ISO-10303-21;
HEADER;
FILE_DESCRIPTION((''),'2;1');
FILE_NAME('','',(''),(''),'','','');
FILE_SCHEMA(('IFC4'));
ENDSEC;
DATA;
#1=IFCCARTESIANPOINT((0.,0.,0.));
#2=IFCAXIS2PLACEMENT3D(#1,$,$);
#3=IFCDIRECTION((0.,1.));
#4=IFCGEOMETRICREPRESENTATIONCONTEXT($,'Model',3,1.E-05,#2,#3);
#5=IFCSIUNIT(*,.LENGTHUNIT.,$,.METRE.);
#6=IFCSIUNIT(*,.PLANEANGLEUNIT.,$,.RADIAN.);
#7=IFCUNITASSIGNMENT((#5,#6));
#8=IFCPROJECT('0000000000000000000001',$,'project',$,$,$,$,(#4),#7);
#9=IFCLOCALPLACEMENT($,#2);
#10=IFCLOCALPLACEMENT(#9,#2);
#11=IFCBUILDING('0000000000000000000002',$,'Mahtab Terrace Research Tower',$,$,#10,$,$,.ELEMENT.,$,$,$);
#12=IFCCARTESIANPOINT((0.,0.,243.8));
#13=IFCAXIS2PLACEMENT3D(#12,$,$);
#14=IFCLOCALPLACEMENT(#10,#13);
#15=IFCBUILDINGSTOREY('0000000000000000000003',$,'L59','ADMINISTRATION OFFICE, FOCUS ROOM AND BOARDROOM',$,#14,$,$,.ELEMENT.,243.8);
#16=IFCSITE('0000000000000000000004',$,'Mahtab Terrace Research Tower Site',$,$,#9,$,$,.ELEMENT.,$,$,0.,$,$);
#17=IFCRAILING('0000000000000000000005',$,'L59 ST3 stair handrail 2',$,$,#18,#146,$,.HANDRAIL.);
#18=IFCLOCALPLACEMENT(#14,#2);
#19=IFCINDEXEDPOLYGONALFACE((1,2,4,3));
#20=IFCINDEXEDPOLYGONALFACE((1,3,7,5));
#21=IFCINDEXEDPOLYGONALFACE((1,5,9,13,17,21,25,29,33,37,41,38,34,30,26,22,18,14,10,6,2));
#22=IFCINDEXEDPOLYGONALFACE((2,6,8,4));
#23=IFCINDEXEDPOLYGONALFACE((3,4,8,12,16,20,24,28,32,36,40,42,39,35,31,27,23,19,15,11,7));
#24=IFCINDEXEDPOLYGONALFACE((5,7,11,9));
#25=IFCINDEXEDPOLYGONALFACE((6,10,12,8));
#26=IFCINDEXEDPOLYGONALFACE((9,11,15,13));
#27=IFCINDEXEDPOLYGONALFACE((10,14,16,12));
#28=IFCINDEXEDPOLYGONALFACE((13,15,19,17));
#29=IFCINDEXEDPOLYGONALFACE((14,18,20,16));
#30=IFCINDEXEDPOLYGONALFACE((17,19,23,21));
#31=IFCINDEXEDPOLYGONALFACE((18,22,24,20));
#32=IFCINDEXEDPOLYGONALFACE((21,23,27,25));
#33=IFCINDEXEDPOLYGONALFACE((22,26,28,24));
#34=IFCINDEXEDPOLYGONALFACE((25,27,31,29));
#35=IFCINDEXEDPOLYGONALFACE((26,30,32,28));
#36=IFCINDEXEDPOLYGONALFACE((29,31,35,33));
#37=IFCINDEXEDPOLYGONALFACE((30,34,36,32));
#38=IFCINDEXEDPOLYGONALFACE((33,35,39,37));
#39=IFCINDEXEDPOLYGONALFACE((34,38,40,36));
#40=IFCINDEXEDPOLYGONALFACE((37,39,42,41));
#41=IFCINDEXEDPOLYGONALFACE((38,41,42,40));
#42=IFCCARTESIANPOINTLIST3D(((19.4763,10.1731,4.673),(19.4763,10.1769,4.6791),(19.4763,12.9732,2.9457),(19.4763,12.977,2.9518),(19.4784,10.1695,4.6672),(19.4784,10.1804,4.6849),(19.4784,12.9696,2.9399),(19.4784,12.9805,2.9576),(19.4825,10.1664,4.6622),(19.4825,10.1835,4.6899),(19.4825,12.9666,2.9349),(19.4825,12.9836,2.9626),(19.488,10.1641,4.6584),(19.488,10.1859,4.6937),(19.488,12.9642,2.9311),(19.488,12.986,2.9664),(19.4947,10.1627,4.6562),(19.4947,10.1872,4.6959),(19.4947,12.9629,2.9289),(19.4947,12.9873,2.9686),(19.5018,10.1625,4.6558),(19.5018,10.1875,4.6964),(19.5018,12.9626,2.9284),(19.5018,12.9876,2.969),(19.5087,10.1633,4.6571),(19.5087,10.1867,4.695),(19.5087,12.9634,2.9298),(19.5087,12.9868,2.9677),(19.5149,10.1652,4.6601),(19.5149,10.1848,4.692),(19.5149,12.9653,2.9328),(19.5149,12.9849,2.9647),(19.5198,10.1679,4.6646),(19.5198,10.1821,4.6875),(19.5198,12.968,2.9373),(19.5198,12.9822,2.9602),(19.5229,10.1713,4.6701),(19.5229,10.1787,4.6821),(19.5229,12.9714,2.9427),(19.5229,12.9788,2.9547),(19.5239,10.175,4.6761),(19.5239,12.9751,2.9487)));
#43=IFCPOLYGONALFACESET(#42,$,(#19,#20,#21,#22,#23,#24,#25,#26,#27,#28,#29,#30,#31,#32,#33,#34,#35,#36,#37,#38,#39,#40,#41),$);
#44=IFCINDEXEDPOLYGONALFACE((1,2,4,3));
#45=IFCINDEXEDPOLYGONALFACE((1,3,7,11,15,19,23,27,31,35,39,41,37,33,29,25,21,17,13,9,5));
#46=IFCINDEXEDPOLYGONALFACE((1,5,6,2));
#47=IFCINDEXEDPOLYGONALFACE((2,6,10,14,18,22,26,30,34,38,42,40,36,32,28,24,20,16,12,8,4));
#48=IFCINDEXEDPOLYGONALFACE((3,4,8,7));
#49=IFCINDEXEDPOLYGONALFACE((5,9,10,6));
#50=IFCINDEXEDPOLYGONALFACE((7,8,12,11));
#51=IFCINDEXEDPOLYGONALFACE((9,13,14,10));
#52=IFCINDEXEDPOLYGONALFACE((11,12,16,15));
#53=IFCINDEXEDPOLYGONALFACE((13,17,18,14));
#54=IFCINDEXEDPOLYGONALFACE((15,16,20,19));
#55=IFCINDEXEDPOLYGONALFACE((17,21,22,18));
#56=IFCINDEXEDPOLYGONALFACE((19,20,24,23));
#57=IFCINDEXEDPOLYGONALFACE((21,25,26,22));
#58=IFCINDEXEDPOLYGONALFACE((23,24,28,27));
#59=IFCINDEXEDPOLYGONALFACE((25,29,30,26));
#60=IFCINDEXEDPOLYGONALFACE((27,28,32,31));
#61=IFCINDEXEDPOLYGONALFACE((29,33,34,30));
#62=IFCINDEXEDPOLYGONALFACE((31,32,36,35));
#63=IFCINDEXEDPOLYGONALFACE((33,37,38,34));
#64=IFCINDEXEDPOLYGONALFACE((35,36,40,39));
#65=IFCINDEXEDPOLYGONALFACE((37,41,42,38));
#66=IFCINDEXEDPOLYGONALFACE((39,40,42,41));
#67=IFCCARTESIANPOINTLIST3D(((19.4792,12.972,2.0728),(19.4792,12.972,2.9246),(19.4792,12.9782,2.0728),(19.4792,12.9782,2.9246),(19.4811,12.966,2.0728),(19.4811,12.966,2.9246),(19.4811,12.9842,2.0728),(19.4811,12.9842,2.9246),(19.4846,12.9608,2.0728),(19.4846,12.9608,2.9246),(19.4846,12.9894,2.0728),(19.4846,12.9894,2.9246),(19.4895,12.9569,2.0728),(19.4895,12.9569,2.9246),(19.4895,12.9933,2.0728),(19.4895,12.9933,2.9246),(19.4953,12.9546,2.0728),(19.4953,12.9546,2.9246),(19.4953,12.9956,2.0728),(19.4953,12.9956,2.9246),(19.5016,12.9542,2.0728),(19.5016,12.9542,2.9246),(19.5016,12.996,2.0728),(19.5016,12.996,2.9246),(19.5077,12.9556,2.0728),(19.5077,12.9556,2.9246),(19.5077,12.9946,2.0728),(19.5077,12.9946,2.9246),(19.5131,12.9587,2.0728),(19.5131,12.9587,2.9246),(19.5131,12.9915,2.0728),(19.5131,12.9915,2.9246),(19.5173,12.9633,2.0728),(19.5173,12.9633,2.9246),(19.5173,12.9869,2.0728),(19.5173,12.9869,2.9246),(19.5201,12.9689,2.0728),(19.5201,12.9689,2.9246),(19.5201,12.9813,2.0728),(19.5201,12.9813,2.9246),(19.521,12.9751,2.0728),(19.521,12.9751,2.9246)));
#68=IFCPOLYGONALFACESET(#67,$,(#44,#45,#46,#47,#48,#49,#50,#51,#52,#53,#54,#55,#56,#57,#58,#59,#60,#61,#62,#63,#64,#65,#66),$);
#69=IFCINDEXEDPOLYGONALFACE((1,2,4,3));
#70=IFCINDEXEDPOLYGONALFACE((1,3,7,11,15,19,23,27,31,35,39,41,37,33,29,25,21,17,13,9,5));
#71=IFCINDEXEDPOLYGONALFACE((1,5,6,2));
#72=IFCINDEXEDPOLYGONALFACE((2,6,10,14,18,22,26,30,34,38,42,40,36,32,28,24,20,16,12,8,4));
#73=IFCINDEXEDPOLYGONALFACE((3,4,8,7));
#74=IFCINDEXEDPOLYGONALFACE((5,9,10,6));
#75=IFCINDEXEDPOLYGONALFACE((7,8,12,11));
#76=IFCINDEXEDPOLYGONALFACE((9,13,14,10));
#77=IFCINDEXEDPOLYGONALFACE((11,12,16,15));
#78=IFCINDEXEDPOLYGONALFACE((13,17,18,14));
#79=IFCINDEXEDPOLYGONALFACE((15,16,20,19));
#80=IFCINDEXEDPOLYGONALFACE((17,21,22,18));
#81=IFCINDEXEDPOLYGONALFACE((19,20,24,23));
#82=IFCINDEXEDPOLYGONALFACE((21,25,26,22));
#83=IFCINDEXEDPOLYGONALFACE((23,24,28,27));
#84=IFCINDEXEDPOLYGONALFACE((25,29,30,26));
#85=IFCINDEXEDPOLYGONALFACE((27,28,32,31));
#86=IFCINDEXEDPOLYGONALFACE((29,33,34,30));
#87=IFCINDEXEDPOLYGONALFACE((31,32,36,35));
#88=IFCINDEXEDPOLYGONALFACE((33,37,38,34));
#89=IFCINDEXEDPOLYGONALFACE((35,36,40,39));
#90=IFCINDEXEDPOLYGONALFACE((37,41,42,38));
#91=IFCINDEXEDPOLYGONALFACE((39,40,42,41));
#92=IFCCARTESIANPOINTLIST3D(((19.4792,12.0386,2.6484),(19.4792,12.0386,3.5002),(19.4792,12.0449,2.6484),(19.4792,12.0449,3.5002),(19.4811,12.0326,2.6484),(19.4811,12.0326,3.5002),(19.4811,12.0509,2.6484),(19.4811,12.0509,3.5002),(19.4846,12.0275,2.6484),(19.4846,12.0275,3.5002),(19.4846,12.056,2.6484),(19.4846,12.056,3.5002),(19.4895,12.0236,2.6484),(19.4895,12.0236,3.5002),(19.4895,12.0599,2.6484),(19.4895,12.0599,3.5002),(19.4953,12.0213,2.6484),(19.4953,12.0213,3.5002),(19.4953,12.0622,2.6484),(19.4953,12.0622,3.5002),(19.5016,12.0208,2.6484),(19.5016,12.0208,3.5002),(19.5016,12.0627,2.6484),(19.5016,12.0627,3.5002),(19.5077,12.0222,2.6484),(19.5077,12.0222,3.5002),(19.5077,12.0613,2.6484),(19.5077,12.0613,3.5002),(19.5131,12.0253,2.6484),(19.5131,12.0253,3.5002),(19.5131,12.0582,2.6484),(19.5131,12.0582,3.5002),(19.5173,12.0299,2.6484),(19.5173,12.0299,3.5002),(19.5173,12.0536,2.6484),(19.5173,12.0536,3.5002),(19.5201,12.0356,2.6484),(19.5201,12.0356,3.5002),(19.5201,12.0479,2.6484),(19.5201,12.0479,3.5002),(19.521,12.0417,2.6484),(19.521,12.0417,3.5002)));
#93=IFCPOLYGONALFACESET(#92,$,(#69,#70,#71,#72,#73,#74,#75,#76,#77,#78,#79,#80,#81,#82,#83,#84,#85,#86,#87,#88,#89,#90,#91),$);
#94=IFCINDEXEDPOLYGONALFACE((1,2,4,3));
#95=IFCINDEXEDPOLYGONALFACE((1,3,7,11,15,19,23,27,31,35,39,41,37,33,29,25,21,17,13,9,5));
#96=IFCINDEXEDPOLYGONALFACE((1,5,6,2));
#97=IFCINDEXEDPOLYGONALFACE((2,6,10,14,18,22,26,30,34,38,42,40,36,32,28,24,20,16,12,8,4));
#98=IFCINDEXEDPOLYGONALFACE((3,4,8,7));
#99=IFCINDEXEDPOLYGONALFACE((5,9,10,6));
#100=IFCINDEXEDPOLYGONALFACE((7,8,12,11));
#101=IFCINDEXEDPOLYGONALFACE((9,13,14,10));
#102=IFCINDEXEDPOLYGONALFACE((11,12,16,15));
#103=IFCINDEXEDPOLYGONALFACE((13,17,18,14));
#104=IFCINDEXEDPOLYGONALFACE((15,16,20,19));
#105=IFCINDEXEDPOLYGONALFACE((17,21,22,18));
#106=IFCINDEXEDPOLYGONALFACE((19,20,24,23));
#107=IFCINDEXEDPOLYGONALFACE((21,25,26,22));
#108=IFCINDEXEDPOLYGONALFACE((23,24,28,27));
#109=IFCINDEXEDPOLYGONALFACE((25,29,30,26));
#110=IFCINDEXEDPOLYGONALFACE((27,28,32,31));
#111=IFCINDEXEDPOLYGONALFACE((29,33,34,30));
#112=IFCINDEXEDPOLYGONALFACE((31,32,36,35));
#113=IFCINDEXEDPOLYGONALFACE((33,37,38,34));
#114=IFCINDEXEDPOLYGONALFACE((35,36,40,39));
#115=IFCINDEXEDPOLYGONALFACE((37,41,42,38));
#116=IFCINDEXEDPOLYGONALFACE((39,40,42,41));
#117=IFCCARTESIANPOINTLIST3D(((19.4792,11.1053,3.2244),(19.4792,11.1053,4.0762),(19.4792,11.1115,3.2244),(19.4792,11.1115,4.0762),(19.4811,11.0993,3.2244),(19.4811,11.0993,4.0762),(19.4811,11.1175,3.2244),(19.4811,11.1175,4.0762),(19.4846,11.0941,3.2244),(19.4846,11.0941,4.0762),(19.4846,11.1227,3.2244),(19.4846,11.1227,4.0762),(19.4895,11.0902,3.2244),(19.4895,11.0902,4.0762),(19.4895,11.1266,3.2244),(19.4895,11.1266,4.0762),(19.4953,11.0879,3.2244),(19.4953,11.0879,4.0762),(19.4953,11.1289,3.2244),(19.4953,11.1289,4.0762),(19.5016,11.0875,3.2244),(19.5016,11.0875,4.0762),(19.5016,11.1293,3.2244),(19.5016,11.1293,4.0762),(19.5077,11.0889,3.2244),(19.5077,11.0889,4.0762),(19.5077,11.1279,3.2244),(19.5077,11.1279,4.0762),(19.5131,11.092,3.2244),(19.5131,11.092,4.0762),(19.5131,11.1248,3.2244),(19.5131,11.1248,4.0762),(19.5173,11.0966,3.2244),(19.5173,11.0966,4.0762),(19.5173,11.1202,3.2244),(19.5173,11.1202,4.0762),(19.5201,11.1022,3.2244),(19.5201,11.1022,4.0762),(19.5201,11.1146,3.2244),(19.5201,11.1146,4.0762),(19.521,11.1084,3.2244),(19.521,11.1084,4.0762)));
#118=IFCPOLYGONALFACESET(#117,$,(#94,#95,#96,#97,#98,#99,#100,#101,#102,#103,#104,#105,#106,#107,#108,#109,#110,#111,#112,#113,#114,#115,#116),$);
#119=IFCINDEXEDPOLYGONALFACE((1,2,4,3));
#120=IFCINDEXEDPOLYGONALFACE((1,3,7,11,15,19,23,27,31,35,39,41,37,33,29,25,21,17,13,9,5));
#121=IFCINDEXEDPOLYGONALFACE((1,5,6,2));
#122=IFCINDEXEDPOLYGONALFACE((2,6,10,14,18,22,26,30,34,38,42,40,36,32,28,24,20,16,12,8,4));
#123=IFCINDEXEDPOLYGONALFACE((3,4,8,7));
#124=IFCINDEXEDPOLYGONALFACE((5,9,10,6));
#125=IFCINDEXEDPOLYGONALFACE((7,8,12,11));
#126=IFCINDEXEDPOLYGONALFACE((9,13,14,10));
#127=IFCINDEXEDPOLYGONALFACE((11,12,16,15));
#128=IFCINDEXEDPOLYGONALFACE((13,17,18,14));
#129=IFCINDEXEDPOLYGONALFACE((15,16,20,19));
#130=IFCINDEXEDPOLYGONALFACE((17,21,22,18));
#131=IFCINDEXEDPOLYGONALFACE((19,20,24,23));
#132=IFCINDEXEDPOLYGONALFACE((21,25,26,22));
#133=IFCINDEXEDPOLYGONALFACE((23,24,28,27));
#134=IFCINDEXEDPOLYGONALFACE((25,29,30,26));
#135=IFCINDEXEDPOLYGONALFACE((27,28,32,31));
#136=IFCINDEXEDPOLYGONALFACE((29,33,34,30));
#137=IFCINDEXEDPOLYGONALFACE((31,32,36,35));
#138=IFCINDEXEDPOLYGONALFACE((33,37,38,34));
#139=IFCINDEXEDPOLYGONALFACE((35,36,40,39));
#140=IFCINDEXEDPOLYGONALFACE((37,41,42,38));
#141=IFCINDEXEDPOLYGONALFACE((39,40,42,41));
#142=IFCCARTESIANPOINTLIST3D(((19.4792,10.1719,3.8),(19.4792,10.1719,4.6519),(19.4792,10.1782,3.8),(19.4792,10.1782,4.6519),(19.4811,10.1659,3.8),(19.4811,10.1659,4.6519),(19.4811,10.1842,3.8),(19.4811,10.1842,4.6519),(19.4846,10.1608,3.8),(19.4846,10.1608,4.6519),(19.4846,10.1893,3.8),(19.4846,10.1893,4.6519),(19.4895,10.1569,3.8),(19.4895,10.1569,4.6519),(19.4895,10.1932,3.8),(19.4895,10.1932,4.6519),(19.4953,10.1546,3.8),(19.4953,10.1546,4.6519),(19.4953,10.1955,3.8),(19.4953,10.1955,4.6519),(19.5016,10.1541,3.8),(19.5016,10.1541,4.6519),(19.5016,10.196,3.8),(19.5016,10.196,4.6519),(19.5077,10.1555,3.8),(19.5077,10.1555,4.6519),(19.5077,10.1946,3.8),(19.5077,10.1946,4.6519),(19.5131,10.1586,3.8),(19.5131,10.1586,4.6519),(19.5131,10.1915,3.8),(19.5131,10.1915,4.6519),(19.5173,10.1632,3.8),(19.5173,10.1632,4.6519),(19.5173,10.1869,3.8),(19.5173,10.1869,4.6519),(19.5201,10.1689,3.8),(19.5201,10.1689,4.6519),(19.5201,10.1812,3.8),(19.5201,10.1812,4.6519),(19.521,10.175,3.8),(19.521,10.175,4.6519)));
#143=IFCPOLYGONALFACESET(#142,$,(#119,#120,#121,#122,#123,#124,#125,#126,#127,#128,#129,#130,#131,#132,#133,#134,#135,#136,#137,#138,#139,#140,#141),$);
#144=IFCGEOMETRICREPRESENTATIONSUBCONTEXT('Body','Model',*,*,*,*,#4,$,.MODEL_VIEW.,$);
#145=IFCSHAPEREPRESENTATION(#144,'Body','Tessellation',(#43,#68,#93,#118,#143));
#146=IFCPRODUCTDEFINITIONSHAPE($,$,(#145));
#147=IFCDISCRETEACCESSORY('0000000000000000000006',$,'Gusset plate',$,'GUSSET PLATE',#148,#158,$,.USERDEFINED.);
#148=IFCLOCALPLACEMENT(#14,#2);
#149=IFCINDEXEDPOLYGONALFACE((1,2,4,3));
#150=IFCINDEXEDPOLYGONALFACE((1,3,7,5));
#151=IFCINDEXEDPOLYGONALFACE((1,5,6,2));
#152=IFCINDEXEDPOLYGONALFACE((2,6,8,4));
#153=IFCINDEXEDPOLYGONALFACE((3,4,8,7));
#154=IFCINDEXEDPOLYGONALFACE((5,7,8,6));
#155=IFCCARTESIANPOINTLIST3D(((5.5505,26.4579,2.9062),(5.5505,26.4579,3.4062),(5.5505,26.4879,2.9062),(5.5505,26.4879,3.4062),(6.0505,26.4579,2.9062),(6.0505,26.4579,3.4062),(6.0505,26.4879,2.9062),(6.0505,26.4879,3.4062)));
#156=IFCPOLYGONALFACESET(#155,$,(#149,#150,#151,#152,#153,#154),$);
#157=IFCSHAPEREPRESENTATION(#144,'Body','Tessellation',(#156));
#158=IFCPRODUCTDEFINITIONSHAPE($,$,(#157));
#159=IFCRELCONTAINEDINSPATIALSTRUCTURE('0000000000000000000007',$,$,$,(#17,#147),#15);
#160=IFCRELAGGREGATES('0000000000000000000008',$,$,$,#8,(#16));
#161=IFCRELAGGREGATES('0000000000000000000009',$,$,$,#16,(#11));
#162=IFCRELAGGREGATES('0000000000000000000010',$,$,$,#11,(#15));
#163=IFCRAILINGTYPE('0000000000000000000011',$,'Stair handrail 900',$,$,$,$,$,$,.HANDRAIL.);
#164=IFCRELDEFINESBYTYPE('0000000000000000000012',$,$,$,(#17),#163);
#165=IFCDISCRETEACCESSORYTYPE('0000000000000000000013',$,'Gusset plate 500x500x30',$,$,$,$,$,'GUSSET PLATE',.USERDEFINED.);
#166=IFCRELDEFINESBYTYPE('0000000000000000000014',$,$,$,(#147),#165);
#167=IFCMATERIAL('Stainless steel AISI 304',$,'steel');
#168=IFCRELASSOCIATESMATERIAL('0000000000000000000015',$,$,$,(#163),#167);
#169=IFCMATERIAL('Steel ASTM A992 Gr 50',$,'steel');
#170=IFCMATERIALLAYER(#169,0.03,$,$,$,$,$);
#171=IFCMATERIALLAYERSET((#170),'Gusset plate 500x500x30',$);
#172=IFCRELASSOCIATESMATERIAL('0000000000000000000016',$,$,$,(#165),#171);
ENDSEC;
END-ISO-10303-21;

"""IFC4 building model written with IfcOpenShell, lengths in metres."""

from ifc_helpers import new_model, si_unit, direction, frame, origin, origin_2d, place, context, subcontext, project, spatial, rectangle, circle, extrude, material, layer, layer_set, type_object, element, save


model = new_model("IFC4")

# Units and contexts
model_context = context("Model", 3, precision=1e-05, world=origin(), true_north=direction((0.0, 1.0)))
body_context = subcontext(model_context, "Body", "Model", "MODEL_VIEW")
ifc_project = project(units=[si_unit("LENGTHUNIT", "METRE"), si_unit("PLANEANGLEUNIT", "RADIAN")], contexts=[model_context])

# Site, building, storey
site_placement = place(None, origin())
site = spatial("IfcSite", under=ifc_project, at=site_placement, Name="Mahtab Terrace Research Tower Site", CompositionType="ELEMENT", RefElevation=0.0)
building_placement = place(site_placement, origin())
building = spatial("IfcBuilding", under=site, at=building_placement, Name="Mahtab Terrace Research Tower", CompositionType="ELEMENT")
storey_placement = place(building_placement, frame((0.0, 0.0, 243.8)))
storey = spatial("IfcBuildingStorey", under=building, at=storey_placement, Name="L59", Description="ADMINISTRATION OFFICE, FOCUS ROOM AND BOARDROOM", CompositionType="ELEMENT", Elevation=243.8)

# Shared definitions
ifc_material_1 = material(Name="Steel ASTM A992 Gr 50", Category="steel")

# Shared definitions
ifc_material_2 = material(Name="Stainless steel AISI 304", Category="steel")

# Railing
railing_type_1 = type_object("IfcRailingType", Name="Stair handrail 900", PredefinedType="HANDRAIL", material=ifc_material_2)
railing_1_placement = place(storey_placement, frame((19.5, 12.9751, 2.0728)))
element("IfcRailing", 1, at=railing_1_placement, inside=storey, type_object=railing_type_1, Name="L59 ST3 stair handrail 2", PredefinedType="HANDRAIL", context=body_context, shape_type="SweptSolid", body=[
    extrude(circle(Radius=0.0239, at=origin_2d()), frame((0.0, 0.0, 0.876), z_axis=(0.0, -0.85109, 0.52502), x_axis=(1.0, 0.0, 0.0)), (0.0, 0.0, 1.0), 3.29),
    extrude(circle(Radius=0.021, at=origin_2d()), origin(), (0.0, 0.0, 1.0), 0.8518),
    extrude(circle(Radius=0.021, at=origin_2d()), frame((0.0, -0.9333, 0.5757)), (0.0, 0.0, 1.0), 0.8518),
    extrude(circle(Radius=0.021, at=origin_2d()), frame((0.0, -1.8667, 1.1516)), (0.0, 0.0, 1.0), 0.8518),
    extrude(circle(Radius=0.021, at=origin_2d()), frame((0.0, -2.8, 1.7273)), (0.0, 0.0, 1.0), 0.8518),
])

# Discrete accessory
ifc_layer_1 = layer(ifc_material_1, 0.03)
ifc_layer_set_1 = layer_set([ifc_layer_1], Name="Gusset plate 500x500x30")
discrete_accessory_type = type_object("IfcDiscreteAccessoryType", Name="Gusset plate 500x500x30", ElementType="GUSSET PLATE", PredefinedType="USERDEFINED", material=ifc_layer_set_1)
discrete_accessory_placement = place(storey_placement, frame((5.8005, 26.4729, 2.9062), z_axis=(0.0, 0.0, 1.0), x_axis=(1.0, 0.0, 0.0)))
element("IfcDiscreteAccessory", 2, at=discrete_accessory_placement, inside=storey, type_object=discrete_accessory_type, Name="Gusset plate", ObjectType="GUSSET PLATE", PredefinedType="USERDEFINED", context=body_context, shape_type="SweptSolid", body=[
    extrude(rectangle(XDim=0.5, YDim=0.03, at=origin_2d()), origin(), (0.0, 0.0, 1.0), 0.5),
])

save(model, "model.ifc")
